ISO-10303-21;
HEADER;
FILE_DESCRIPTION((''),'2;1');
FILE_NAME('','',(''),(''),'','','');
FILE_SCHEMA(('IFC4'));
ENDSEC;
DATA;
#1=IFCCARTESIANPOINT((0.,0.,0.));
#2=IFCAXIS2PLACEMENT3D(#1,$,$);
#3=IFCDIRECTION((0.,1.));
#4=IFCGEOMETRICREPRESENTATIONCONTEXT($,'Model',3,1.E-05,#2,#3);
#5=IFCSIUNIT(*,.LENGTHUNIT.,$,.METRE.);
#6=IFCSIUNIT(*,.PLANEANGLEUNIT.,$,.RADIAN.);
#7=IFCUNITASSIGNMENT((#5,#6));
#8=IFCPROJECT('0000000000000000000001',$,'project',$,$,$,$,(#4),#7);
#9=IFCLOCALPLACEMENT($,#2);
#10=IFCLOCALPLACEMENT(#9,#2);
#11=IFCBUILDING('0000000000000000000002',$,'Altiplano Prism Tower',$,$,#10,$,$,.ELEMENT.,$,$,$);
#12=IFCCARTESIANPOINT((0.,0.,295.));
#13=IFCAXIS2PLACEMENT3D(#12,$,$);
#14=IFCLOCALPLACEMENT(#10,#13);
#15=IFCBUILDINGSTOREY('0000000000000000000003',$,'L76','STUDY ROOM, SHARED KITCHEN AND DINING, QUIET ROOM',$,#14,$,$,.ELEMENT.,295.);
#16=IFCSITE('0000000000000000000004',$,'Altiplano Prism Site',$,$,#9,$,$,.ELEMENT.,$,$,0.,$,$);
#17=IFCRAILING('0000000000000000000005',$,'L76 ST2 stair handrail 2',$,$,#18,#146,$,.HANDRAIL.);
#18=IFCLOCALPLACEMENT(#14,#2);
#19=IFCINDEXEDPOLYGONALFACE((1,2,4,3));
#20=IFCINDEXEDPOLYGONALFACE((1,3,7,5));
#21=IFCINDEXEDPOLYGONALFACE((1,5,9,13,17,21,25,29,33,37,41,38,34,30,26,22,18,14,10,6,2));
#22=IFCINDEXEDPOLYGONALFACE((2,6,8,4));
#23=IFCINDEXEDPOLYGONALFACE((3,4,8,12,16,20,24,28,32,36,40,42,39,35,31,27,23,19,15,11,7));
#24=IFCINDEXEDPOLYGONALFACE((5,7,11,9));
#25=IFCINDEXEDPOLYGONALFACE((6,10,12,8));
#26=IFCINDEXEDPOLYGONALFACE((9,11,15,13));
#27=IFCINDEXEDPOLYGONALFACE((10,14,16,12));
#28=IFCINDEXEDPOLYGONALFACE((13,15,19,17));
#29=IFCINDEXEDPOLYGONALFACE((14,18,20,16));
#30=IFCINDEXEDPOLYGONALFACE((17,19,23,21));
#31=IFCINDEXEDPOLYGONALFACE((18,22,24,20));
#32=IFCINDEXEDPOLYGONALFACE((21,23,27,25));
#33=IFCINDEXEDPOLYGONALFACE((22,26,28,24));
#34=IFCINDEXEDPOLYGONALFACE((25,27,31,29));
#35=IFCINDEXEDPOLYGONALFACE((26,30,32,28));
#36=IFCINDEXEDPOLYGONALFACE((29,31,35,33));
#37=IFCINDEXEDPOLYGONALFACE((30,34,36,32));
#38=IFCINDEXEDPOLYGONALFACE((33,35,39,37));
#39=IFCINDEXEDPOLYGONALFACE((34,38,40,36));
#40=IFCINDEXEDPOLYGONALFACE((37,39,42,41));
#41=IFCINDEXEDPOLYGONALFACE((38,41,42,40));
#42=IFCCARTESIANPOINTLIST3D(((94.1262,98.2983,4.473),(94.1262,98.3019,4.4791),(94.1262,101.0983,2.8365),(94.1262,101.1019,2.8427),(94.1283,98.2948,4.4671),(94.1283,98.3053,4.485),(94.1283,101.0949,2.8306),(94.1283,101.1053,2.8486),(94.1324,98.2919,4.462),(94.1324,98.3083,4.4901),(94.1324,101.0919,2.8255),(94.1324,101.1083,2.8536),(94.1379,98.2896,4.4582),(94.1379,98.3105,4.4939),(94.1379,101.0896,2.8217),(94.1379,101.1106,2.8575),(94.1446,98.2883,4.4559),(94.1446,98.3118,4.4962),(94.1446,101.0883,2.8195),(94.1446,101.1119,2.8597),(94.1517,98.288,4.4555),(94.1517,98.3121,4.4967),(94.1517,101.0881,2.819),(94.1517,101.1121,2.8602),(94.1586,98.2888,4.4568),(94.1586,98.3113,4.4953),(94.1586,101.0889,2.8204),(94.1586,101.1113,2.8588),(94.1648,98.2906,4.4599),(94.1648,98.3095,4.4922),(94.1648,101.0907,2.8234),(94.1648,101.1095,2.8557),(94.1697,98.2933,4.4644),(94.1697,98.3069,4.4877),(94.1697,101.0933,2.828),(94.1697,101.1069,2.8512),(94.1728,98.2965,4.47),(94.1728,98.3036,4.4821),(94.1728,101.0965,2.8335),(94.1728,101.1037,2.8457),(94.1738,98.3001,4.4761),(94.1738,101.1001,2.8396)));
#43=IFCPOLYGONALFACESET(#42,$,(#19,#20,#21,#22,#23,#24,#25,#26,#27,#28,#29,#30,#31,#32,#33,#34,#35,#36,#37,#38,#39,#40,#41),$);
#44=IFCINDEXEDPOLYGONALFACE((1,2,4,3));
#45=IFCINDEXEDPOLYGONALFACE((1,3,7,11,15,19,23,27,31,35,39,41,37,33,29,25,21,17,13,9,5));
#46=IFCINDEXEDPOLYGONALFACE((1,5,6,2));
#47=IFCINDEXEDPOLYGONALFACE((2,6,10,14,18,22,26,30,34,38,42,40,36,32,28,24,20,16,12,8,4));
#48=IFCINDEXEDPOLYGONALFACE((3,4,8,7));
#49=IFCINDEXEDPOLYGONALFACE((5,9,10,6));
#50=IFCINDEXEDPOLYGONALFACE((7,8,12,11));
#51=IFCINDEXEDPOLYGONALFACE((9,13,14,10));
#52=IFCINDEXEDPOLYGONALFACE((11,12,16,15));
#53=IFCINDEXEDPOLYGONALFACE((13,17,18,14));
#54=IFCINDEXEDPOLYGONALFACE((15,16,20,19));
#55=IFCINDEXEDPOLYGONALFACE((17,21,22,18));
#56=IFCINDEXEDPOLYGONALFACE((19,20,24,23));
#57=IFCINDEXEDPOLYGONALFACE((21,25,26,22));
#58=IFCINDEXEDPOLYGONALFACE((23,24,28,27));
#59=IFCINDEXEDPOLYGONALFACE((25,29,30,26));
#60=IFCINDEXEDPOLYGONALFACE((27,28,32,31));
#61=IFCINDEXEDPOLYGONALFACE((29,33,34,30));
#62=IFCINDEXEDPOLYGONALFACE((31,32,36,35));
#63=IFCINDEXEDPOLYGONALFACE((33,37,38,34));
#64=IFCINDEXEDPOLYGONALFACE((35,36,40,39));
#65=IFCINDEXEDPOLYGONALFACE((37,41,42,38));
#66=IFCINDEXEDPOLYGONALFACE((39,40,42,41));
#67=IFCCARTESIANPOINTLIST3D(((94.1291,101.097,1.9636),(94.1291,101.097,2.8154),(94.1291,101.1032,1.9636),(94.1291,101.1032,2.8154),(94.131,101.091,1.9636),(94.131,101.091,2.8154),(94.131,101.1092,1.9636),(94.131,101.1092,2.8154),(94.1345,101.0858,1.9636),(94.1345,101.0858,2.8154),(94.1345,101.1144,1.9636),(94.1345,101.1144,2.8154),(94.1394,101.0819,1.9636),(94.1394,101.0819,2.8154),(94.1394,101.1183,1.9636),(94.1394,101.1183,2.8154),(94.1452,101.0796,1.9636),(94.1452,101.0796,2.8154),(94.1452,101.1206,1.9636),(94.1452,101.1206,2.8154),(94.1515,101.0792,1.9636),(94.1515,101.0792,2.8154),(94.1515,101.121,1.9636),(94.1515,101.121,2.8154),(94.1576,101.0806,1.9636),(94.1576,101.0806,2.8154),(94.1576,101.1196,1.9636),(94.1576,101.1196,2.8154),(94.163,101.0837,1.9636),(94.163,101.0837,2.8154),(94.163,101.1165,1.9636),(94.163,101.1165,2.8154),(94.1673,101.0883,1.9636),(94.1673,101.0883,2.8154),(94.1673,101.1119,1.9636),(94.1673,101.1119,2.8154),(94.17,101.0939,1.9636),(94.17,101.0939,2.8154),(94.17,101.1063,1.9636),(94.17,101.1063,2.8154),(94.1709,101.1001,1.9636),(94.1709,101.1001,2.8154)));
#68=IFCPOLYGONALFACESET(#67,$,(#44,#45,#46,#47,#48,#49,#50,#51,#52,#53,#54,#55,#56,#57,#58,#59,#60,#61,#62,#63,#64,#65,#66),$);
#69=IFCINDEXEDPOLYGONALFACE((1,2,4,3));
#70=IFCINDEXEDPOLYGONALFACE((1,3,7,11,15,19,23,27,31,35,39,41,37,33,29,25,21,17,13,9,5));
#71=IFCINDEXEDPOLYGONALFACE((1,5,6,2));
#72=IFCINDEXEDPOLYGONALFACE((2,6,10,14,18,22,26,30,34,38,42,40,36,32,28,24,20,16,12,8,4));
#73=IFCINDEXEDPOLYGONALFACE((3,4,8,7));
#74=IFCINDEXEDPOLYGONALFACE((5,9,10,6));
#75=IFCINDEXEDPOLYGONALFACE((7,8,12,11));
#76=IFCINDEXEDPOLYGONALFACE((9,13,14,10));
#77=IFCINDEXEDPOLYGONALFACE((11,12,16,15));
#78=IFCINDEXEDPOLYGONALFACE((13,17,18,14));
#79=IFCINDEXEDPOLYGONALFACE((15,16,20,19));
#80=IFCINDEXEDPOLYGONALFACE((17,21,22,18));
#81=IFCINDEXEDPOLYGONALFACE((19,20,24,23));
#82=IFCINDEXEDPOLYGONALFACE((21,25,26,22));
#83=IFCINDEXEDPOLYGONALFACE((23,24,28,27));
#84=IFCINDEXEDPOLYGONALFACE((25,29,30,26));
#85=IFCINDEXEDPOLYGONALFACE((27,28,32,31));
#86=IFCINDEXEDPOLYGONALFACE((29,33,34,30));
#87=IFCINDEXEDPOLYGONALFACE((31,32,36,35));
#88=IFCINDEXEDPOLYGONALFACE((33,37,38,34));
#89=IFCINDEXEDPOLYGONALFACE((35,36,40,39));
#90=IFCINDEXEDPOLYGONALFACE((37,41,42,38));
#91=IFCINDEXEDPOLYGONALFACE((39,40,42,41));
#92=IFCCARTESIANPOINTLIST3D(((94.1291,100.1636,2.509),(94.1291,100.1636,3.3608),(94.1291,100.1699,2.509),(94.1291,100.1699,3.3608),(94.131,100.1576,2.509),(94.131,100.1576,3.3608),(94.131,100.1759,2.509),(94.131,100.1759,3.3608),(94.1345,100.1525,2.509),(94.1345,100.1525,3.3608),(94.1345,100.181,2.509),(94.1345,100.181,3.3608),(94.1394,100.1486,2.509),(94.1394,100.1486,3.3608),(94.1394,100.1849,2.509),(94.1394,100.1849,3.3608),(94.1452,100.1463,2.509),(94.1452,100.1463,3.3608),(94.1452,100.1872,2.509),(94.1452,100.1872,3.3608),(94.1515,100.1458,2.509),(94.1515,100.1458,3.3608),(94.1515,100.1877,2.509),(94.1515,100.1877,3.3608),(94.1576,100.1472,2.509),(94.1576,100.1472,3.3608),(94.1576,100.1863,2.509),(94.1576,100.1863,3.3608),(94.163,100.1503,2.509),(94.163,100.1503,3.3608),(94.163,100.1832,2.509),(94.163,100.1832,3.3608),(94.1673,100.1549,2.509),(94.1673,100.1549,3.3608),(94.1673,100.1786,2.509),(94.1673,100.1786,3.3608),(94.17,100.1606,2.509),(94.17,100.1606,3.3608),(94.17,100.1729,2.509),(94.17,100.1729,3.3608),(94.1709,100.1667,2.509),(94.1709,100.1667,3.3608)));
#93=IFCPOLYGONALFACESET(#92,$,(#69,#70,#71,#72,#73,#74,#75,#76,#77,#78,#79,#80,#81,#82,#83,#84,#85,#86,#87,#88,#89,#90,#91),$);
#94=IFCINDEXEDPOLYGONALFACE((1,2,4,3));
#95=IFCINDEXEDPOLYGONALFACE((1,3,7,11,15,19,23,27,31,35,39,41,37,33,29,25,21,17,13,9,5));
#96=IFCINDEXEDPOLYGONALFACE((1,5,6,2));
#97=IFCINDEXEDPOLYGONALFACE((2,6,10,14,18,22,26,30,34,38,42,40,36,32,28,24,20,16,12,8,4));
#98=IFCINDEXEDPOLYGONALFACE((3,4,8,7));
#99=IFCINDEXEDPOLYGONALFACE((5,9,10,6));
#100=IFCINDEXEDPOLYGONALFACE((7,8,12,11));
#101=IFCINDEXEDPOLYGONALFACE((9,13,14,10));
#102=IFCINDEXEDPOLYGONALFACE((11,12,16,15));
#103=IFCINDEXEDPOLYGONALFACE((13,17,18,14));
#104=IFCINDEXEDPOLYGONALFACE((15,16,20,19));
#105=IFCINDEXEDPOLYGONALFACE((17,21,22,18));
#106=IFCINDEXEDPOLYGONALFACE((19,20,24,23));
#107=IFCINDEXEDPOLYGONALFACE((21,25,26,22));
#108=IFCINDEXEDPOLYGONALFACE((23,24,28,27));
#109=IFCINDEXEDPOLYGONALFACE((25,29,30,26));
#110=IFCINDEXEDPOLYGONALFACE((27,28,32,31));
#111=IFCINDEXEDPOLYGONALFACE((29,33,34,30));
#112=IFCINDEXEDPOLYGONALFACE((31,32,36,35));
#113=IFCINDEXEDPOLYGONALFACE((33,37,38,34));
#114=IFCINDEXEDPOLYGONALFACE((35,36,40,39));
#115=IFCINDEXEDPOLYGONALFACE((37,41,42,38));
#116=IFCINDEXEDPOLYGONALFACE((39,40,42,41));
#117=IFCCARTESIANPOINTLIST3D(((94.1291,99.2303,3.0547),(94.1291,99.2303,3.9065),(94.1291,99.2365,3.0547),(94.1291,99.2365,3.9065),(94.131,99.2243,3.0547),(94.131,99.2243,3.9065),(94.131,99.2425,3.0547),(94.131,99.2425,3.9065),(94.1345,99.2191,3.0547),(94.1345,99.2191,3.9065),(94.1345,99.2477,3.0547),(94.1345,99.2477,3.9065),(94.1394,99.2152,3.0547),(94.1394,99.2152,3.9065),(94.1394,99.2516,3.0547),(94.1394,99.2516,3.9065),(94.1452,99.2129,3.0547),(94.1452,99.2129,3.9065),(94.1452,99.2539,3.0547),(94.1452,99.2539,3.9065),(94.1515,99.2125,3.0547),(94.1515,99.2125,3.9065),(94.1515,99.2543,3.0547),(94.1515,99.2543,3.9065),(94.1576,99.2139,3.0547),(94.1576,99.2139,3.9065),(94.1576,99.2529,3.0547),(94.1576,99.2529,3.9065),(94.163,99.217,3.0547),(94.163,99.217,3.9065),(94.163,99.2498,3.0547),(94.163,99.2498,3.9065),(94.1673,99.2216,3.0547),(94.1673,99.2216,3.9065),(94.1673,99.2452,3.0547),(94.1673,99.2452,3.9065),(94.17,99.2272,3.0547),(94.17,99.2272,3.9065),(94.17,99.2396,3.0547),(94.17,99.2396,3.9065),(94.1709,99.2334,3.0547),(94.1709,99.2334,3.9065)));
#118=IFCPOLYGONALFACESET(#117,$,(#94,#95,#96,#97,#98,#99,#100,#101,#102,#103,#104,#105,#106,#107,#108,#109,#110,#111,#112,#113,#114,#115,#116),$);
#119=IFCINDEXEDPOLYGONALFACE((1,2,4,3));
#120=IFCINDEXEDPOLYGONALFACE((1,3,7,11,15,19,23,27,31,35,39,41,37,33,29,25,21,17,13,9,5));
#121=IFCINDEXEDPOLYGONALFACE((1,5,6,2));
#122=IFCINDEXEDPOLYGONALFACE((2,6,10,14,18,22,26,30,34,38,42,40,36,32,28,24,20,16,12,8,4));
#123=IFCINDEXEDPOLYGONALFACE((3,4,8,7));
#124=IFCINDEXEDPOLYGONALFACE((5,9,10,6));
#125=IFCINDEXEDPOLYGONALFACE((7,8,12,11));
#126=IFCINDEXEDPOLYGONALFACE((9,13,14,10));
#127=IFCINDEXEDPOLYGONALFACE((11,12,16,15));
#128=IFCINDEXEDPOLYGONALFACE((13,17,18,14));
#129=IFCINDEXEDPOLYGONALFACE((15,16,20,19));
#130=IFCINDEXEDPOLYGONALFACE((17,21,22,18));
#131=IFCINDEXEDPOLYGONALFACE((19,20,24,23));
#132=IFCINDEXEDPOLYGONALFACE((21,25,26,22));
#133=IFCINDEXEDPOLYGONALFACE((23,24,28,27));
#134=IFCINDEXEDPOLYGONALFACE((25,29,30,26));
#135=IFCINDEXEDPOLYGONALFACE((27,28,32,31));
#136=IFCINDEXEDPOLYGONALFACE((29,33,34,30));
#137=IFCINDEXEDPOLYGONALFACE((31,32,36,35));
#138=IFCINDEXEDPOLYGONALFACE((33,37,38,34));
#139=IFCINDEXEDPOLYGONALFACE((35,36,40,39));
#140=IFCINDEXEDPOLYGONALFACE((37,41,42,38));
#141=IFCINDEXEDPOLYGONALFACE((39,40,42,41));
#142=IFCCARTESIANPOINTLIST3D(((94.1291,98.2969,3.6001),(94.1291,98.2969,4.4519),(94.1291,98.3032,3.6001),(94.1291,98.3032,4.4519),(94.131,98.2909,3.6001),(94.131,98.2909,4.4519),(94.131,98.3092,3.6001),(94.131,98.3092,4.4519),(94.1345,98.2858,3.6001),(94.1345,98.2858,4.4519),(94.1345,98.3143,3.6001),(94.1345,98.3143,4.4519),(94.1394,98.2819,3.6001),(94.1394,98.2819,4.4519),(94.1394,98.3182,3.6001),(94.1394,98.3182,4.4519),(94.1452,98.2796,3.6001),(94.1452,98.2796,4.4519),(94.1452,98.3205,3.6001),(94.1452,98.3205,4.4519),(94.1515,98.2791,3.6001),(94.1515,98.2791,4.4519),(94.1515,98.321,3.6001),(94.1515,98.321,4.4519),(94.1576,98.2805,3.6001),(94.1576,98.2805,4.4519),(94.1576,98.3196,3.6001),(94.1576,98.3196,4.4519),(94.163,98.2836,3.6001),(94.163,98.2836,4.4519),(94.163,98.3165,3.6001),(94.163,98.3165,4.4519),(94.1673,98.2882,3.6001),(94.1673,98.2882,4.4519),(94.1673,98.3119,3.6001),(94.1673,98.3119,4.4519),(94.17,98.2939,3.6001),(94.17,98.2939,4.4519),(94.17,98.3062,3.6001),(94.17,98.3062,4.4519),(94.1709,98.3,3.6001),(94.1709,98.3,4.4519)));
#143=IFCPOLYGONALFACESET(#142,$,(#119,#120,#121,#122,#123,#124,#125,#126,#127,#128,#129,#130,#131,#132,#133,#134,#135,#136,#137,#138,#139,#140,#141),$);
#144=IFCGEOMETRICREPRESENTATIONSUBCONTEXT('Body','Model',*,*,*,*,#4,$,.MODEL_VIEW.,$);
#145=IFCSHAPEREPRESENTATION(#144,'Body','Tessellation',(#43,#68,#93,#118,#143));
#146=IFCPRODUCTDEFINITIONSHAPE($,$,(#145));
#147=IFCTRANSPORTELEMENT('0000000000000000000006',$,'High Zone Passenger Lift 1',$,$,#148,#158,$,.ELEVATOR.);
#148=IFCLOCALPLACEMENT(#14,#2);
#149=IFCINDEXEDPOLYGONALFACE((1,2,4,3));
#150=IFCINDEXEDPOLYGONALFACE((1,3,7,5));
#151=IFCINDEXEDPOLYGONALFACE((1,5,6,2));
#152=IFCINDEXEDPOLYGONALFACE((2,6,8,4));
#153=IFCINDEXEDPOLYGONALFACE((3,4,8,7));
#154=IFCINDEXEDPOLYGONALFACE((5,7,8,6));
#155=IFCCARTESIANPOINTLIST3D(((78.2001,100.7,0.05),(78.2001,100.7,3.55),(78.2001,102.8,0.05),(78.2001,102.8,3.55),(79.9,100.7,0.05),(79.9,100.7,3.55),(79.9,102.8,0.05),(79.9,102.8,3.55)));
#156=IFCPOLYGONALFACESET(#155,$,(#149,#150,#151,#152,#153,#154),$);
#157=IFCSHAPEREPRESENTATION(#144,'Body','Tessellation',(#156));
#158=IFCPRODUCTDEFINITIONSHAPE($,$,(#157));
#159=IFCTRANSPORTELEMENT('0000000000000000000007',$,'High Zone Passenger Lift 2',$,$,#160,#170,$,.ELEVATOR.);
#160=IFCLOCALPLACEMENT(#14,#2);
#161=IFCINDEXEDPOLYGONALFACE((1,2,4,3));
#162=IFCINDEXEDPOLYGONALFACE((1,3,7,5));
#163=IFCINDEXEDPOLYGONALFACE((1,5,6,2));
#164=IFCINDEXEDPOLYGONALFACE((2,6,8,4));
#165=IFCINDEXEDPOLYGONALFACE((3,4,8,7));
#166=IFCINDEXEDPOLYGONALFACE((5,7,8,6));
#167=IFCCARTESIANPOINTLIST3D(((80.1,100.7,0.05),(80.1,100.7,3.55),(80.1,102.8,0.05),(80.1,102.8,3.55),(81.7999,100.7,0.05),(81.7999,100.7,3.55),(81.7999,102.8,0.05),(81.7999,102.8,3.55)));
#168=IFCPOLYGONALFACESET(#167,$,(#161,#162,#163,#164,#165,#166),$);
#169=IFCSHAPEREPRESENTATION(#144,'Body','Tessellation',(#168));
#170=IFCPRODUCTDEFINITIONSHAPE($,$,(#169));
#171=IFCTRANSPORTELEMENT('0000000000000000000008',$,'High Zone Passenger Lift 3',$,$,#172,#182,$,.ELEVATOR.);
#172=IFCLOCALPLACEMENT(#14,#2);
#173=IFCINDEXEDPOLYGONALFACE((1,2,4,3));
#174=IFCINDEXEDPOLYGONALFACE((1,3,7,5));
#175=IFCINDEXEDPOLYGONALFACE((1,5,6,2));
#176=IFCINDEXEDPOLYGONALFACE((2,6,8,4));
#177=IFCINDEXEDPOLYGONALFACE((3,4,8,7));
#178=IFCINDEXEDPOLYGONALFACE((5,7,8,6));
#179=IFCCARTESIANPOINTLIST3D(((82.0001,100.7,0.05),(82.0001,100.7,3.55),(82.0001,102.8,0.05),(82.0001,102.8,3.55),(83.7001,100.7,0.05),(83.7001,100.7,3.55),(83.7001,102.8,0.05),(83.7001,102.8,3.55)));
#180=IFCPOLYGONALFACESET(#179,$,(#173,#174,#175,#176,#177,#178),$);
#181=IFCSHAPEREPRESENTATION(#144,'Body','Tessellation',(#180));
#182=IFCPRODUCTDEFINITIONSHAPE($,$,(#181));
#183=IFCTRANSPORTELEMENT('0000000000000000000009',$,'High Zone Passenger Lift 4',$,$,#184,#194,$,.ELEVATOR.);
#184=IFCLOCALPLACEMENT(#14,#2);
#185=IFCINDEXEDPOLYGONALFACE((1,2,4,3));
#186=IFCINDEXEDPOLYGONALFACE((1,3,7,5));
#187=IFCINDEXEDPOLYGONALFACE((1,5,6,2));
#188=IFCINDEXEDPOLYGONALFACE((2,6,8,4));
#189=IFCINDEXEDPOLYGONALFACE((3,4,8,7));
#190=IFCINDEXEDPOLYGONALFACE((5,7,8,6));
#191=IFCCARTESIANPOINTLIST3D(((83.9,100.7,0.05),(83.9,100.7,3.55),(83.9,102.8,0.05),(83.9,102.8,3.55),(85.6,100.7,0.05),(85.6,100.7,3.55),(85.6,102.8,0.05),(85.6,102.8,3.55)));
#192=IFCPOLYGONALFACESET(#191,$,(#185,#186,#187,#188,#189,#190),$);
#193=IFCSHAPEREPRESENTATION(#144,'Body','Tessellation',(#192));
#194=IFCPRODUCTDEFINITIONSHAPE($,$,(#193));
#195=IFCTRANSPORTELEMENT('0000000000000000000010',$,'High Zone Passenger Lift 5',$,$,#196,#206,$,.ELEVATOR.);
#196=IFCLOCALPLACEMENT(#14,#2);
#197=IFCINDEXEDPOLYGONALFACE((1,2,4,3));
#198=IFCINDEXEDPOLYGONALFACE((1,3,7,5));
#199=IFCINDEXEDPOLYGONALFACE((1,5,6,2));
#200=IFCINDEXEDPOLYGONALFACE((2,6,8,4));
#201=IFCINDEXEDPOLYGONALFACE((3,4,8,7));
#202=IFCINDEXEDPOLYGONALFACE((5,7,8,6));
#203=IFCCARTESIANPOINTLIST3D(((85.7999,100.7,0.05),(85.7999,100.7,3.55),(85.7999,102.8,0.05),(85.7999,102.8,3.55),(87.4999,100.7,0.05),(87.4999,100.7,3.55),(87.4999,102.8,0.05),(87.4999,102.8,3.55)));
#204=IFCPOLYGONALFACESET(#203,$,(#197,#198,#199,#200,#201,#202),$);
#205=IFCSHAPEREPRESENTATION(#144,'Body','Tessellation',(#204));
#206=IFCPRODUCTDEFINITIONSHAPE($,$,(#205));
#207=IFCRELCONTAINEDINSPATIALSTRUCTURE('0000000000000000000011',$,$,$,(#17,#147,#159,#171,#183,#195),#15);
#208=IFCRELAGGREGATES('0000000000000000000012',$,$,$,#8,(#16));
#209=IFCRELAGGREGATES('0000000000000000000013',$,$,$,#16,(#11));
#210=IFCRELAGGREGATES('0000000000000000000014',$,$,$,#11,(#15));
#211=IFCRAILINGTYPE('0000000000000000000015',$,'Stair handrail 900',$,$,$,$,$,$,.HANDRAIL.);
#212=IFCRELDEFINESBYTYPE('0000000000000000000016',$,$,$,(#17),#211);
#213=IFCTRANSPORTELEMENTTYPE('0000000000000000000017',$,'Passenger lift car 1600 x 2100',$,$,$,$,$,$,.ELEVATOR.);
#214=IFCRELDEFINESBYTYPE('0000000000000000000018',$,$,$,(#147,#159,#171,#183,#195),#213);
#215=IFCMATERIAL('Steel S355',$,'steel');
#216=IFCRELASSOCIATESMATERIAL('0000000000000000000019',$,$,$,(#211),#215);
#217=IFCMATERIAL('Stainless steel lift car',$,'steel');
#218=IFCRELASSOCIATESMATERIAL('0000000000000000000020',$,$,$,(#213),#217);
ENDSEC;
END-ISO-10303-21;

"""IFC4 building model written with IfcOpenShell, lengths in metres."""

from ifc_helpers import new_model, si_unit, direction, frame, origin, origin_2d, place, context, subcontext, project, spatial, rectangle, circle, extrude, material, type_object, element, save


model = new_model("IFC4")

# Units and contexts
model_context = context("Model", 3, precision=1e-05, world=origin(), true_north=direction((0.0, 1.0)))
body_context = subcontext(model_context, "Body", "Model", "MODEL_VIEW")
ifc_project = project(units=[si_unit("LENGTHUNIT", "METRE"), si_unit("PLANEANGLEUNIT", "RADIAN")], contexts=[model_context])

# Site, building, storey
site_placement = place(None, origin())
site = spatial("IfcSite", under=ifc_project, at=site_placement, Name="Altiplano Prism Site", CompositionType="ELEMENT", RefElevation=0.0)
building_placement = place(site_placement, origin())
building = spatial("IfcBuilding", under=site, at=building_placement, Name="Altiplano Prism Tower", CompositionType="ELEMENT")
storey_placement = place(building_placement, frame((0.0, 0.0, 295.0)))
storey = spatial("IfcBuildingStorey", under=building, at=storey_placement, Name="L76", Description="STUDY ROOM, SHARED KITCHEN AND DINING, QUIET ROOM", CompositionType="ELEMENT", Elevation=295.0)

# Railing
ifc_material_1 = material(Name="Steel S355", Category="steel")
railing_type = type_object("IfcRailingType", Name="Stair handrail 900", PredefinedType="HANDRAIL", material=ifc_material_1)
railing_placement = place(storey_placement, frame((94.1499, 101.1001, 1.9636)))
element("IfcRailing", 1, at=railing_placement, inside=storey, type_object=railing_type, Name="L76 ST2 stair handrail 2", PredefinedType="HANDRAIL", context=body_context, shape_type="SweptSolid", body=[
    extrude(circle(Radius=0.0239, at=origin_2d()), frame((0.0, 0.0, 0.876), z_axis=(0.0, -0.863361, 0.504587), x_axis=(1.0, 0.0, 0.0)), (0.0, 0.0, 1.0), 3.2432),
    extrude(circle(Radius=0.021, at=origin_2d()), origin(), (0.0, 0.0, 1.0), 0.8518),
    extrude(circle(Radius=0.021, at=origin_2d()), frame((0.0, -0.9333, 0.5454)), (0.0, 0.0, 1.0), 0.8518),
    extrude(circle(Radius=0.021, at=origin_2d()), frame((0.0, -1.8667, 1.0911)), (0.0, 0.0, 1.0), 0.8518),
    extrude(circle(Radius=0.021, at=origin_2d()), frame((0.0, -2.8, 1.6365)), (0.0, 0.0, 1.0), 0.8518),
])

# Transport elements
ifc_material_2 = material(Name="Stainless steel lift car", Category="steel")
transport_element_type = type_object("IfcTransportElementType", Name="Passenger lift car 1600 x 2100", PredefinedType="ELEVATOR", material=ifc_material_2)
for number, where, z_axis, x_axis, name in (
    (2, (79.05, 101.75, 0.05), (0.0, 0.0, 1.0), (1.0, 0.0, 0.0), "High Zone Passenger Lift 1"),
    (3, (80.95, 101.75, 0.05), (0.0, 0.0, 1.0), (1.0, 0.0, 0.0), "High Zone Passenger Lift 2"),
    (4, (82.8501, 101.75, 0.05), (0.0, 0.0, 1.0), (1.0, 0.0, 0.0), "High Zone Passenger Lift 3"),
    (5, (84.75, 101.75, 0.05), (0.0, 0.0, 1.0), (1.0, 0.0, 0.0), "High Zone Passenger Lift 4"),
    (6, (86.6499, 101.75, 0.05), (0.0, 0.0, 1.0), (1.0, 0.0, 0.0), "High Zone Passenger Lift 5"),
):
    element("IfcTransportElement", number, at=place(storey_placement, frame(where, z_axis=z_axis, x_axis=x_axis)), inside=storey, type_object=transport_element_type, Name=name, PredefinedType="ELEVATOR", context=body_context, shape_type="SweptSolid", body=[
        extrude(rectangle(XDim=1.7, YDim=2.1001, at=origin_2d()), origin(), (0.0, 0.0, 1.0), 3.5),
    ])

save(model, "model.ifc")
